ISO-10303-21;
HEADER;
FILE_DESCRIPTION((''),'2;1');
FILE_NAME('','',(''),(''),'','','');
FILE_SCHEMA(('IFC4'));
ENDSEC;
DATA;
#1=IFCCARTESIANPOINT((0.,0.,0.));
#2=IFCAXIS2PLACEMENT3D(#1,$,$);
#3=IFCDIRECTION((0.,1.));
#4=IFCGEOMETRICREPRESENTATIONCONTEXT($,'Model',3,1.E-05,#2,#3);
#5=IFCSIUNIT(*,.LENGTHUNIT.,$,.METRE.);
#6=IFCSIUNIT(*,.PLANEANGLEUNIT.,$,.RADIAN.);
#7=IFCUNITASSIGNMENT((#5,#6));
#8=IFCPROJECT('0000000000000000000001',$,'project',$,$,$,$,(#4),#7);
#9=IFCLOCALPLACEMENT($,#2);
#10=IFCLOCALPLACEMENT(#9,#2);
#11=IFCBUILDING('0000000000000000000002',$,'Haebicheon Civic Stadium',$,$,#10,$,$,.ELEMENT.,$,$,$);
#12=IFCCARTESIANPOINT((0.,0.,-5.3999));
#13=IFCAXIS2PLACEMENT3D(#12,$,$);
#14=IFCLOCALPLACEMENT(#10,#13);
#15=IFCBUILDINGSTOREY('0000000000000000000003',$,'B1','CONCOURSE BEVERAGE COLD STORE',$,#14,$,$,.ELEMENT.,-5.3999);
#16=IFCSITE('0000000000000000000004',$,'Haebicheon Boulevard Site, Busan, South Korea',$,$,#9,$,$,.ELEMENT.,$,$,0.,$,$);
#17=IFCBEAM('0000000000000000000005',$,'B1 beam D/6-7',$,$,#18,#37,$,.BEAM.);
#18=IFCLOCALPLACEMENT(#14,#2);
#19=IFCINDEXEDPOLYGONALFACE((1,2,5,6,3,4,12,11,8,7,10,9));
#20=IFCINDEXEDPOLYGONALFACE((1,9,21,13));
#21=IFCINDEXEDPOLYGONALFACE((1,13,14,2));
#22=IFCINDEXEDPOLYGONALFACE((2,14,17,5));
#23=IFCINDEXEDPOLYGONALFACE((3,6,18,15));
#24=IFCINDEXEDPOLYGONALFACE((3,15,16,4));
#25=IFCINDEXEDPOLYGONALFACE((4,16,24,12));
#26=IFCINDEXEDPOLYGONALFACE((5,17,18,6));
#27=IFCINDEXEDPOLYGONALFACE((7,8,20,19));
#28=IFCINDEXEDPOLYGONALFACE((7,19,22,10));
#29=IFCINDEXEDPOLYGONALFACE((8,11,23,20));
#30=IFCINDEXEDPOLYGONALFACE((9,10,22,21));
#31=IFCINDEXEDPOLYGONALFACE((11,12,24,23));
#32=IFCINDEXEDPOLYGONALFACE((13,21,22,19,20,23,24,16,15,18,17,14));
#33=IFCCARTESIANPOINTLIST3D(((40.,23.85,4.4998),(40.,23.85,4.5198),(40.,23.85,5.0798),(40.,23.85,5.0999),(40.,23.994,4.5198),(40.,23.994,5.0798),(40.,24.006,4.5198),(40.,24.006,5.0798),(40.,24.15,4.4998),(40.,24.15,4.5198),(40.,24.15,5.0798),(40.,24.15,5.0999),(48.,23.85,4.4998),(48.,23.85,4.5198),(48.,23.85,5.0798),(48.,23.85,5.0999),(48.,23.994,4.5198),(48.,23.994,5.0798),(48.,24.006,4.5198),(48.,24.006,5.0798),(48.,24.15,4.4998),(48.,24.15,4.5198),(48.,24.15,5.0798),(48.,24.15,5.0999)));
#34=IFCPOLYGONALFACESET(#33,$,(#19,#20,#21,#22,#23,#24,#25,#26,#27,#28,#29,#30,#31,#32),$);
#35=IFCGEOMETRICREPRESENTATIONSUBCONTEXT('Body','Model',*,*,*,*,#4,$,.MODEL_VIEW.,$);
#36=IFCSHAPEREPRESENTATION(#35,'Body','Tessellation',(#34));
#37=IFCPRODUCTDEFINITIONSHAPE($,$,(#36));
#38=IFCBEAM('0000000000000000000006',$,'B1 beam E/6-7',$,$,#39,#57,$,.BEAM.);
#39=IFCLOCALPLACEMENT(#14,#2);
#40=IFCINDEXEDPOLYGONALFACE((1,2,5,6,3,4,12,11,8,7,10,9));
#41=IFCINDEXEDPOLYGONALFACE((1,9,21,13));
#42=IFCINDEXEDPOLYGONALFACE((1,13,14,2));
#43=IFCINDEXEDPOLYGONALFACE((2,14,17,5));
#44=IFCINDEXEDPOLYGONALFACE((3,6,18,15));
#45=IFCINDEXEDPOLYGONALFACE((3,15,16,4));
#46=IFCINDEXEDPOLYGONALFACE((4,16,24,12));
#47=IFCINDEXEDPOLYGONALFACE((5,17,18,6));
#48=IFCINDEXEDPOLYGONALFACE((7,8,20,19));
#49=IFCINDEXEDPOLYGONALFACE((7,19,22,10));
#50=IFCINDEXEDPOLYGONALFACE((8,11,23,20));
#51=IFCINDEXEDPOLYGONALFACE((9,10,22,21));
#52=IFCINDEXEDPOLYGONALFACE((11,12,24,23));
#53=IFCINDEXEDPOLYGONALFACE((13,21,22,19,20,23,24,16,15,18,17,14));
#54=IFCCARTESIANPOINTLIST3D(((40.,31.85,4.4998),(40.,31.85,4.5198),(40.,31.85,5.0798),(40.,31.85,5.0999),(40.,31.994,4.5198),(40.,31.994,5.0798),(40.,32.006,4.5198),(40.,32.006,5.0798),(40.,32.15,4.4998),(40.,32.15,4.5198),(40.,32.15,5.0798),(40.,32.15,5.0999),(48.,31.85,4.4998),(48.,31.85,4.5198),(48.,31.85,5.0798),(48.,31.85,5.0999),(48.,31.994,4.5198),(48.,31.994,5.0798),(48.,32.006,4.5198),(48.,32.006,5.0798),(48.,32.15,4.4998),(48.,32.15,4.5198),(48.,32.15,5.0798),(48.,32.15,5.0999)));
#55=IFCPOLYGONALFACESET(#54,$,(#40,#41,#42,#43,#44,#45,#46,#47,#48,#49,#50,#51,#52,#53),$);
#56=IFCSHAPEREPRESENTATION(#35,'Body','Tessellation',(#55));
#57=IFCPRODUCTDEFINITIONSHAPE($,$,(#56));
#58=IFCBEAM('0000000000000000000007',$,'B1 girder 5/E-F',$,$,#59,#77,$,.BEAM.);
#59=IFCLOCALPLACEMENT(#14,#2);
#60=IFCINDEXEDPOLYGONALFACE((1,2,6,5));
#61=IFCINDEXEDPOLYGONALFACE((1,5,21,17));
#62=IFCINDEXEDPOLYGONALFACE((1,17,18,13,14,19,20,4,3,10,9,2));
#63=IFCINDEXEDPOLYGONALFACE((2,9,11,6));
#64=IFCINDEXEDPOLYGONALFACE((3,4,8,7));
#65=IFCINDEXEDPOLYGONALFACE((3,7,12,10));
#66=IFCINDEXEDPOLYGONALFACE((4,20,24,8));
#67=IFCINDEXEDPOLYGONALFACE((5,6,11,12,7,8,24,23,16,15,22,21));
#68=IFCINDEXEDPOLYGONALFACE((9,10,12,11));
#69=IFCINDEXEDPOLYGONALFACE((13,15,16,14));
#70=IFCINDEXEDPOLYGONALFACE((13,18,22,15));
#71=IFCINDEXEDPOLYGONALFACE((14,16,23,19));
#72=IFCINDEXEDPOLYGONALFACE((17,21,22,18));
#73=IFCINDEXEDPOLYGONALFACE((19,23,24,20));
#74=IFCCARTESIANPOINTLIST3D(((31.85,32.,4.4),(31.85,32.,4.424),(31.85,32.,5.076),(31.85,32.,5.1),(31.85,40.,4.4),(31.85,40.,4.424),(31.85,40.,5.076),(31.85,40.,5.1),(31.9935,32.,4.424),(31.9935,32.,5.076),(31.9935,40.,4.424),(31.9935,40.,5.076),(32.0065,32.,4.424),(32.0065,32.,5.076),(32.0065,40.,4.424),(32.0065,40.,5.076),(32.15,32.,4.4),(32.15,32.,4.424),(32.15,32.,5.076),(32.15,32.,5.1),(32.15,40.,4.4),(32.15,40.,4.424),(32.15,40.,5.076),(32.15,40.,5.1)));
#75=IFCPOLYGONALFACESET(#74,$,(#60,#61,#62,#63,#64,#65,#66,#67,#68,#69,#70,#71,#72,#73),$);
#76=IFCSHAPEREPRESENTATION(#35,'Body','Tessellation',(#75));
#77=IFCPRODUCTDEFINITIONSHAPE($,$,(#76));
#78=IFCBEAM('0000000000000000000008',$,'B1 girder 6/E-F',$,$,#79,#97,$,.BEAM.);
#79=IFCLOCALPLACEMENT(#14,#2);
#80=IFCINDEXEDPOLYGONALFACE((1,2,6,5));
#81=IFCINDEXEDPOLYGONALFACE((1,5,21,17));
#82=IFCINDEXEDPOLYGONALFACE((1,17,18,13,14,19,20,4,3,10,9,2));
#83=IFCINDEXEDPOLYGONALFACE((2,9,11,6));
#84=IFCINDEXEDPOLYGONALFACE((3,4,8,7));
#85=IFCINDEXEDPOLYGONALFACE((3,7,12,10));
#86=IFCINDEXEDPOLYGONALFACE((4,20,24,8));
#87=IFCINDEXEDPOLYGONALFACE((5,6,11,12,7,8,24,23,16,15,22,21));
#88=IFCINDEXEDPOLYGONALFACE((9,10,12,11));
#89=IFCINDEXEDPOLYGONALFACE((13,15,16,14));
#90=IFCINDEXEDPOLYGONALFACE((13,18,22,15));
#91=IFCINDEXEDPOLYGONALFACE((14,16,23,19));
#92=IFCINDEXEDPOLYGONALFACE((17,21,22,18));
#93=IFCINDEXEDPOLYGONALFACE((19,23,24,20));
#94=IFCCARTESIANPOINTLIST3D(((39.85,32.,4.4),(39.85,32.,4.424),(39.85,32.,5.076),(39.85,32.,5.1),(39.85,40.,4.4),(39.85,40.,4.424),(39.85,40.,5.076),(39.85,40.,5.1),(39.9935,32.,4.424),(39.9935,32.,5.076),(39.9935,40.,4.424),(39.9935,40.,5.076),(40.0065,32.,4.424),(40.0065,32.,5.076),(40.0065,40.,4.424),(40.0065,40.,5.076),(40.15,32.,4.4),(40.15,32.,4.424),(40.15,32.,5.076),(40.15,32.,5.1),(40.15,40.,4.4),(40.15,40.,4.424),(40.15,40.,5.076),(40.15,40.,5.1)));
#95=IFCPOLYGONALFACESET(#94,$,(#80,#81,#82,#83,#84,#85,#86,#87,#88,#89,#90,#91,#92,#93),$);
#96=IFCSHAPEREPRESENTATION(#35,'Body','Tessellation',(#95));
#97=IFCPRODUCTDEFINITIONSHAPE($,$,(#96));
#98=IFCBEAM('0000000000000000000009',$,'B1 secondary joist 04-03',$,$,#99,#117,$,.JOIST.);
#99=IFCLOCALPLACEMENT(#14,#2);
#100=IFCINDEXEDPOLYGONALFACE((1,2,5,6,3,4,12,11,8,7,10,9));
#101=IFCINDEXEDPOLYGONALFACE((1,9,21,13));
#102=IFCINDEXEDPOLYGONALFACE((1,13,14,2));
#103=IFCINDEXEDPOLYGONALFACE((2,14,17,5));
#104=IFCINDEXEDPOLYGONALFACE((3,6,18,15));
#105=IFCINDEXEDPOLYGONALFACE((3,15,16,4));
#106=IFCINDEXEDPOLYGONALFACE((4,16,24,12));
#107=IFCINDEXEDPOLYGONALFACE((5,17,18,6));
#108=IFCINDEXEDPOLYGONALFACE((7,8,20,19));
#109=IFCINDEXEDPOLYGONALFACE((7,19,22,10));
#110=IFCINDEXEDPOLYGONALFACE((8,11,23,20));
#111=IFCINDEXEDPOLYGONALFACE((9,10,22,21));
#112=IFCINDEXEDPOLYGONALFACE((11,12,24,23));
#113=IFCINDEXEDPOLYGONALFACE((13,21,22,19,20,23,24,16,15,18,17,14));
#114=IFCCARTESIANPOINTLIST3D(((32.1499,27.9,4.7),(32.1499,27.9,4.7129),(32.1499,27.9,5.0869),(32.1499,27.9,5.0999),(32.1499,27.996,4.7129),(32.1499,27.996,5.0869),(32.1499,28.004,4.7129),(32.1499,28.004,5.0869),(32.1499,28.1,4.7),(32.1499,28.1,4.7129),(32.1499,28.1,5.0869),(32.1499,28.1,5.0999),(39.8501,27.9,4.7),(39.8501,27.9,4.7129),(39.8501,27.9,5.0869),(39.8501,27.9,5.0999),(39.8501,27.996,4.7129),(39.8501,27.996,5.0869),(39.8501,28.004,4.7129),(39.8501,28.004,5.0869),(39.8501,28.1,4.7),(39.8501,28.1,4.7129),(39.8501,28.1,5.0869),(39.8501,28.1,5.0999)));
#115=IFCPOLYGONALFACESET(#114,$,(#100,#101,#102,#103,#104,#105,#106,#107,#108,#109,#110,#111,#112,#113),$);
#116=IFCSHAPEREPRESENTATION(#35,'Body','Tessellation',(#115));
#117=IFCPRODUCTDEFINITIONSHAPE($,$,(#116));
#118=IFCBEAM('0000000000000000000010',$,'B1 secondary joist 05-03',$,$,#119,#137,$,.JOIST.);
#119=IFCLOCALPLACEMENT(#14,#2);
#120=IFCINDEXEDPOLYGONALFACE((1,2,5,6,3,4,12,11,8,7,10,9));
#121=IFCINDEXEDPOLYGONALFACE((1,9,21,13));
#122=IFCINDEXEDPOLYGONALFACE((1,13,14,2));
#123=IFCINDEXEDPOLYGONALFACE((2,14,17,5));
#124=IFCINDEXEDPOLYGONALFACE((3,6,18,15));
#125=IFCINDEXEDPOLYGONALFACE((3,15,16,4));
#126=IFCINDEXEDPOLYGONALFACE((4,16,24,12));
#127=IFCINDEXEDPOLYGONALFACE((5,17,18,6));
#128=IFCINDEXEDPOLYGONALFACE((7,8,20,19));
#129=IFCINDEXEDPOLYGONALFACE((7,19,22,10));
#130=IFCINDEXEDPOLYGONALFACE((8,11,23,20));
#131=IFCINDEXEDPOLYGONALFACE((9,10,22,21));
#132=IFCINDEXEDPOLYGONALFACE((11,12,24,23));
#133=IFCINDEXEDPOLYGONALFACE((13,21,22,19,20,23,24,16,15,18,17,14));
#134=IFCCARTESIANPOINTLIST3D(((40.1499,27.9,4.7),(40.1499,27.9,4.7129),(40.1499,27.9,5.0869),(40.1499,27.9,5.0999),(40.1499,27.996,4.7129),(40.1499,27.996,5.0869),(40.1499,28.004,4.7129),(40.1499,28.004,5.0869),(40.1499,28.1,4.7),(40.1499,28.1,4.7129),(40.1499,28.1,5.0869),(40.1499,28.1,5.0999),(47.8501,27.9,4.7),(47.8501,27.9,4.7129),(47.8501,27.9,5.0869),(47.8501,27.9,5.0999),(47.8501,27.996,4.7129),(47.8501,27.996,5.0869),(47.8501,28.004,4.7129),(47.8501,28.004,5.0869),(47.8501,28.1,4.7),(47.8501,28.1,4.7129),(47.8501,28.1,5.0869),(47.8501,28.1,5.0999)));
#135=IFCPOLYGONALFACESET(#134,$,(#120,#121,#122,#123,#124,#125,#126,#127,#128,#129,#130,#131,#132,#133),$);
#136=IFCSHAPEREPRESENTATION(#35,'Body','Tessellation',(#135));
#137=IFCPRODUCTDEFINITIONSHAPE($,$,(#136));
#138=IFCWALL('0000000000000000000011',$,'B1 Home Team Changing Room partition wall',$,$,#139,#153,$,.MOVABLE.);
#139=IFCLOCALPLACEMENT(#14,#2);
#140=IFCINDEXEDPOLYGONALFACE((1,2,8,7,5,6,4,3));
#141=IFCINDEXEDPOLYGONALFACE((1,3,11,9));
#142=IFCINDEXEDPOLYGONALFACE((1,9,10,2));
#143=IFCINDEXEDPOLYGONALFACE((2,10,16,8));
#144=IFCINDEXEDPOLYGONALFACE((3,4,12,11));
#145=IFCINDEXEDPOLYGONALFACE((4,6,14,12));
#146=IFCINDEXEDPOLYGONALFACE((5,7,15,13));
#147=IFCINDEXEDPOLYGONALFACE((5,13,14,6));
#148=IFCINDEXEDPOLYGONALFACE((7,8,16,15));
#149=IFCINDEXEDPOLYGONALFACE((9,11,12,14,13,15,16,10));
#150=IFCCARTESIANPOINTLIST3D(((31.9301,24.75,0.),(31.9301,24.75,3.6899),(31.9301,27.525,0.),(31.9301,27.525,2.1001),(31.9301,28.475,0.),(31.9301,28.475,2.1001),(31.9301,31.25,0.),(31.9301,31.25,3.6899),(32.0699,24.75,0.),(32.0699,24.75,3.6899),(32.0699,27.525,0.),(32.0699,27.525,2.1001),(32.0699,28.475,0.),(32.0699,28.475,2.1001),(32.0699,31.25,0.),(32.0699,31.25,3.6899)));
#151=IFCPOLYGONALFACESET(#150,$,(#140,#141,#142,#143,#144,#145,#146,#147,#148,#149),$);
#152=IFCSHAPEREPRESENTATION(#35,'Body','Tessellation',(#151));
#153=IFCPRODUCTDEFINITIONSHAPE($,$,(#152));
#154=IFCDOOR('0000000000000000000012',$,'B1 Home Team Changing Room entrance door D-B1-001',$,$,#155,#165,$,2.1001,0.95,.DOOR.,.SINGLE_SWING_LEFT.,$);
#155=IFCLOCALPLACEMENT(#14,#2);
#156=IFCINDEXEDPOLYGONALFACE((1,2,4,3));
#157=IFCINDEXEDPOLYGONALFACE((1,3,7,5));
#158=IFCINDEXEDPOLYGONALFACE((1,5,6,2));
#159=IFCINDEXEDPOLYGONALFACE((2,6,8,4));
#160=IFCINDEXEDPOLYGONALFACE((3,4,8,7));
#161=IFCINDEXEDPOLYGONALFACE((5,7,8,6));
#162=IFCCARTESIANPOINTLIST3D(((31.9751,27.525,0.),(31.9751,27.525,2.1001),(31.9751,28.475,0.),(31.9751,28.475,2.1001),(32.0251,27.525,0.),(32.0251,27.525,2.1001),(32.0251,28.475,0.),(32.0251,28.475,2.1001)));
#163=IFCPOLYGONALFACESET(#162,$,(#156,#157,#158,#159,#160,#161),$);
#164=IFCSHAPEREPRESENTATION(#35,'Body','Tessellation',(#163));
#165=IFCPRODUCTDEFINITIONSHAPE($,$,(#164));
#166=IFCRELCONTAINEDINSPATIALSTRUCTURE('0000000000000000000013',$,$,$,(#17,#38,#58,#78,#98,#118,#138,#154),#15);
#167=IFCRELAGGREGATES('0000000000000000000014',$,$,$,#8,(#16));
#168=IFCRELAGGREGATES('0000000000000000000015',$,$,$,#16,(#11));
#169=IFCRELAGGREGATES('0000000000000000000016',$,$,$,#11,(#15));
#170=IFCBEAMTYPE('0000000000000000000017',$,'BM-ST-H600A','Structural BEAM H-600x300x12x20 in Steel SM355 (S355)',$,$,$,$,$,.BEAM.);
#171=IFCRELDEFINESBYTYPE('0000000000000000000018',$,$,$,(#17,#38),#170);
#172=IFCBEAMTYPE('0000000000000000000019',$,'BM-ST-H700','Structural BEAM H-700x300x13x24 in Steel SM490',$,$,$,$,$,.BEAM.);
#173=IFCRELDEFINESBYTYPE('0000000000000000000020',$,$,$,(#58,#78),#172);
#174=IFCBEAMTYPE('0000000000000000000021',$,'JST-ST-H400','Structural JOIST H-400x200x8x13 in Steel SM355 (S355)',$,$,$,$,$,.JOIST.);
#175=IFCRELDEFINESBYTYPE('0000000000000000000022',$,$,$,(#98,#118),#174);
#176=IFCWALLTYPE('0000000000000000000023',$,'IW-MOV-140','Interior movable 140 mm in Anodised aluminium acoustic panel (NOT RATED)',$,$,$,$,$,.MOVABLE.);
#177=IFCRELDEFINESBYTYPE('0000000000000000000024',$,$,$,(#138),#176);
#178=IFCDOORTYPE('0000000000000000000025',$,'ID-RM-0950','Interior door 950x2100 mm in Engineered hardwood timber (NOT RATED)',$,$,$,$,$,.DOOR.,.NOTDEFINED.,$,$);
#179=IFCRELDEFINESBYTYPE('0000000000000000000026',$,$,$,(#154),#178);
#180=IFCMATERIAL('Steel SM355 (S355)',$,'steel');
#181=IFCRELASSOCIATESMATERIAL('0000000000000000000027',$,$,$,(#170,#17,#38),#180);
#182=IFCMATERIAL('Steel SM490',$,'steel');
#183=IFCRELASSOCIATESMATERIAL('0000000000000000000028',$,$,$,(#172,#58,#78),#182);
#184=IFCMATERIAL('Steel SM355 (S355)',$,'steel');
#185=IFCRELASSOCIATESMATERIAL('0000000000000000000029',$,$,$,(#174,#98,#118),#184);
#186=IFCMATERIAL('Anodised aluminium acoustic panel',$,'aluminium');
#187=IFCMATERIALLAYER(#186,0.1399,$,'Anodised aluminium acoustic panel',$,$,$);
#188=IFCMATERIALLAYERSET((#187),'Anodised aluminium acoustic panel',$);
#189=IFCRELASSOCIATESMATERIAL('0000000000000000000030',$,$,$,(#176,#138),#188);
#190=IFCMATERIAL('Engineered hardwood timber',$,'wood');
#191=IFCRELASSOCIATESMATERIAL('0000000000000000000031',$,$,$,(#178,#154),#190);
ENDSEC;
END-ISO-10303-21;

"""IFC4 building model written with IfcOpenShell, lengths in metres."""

from ifc_helpers import new_model, si_unit, direction, frame, frame_2d, origin, origin_2d, place, context, subcontext, project, spatial, rectangle, i_section, extrude, material, layer, layer_set, material_profile, profile_set, type_object, element, fill, save


model = new_model("IFC4")

# Units and contexts
model_context = context("Model", 3, precision=1e-05, world=origin(), true_north=direction((0.0, 1.0)))
body_context = subcontext(model_context, "Body", "Model", "MODEL_VIEW")
ifc_project = project(units=[si_unit("LENGTHUNIT", "METRE"), si_unit("PLANEANGLEUNIT", "RADIAN")], contexts=[model_context])

# Site, building, storey
site_placement = place(None, origin())
site = spatial("IfcSite", under=ifc_project, at=site_placement, Name="Haebicheon Boulevard Site, Busan, South Korea", CompositionType="ELEMENT", RefElevation=0.0)
building_placement = place(site_placement, origin())
building = spatial("IfcBuilding", under=site, at=building_placement, Name="Haebicheon Civic Stadium", CompositionType="ELEMENT")
storey_placement = place(building_placement, frame((0.0, 0.0, -5.3999)))
storey = spatial("IfcBuildingStorey", under=building, at=storey_placement, Name="B1", Description="CONCOURSE BEVERAGE COLD STORE", CompositionType="ELEMENT", Elevation=-5.3999)

# Beams
ifc_material_1 = material(Name="Steel SM355 (S355)", Category="steel")
ifc_material_profile_1 = material_profile(ifc_material_1, i_section(OverallWidth=0.3, OverallDepth=0.6001, WebThickness=0.012, FlangeThickness=0.02, at=origin_2d()), Name="H-600x300x12x20")
ifc_profile_set_1 = profile_set([ifc_material_profile_1], Name="Steel SM355 (S355)")
beam_type_1 = type_object("IfcBeamType", Name="BM-ST-H600A", Description="Structural BEAM H-600x300x12x20 in Steel SM355 (S355)", PredefinedType="BEAM", material=ifc_profile_set_1)
for number, where, z_axis, x_axis, name in (
    (1, (40.0, 24.0, 4.7998), (1.0, 0.0, 0.0), (0.0, 1.0, 0.0), "B1 beam D/6-7"),
    (2, (40.0, 32.0, 4.7998), (1.0, 0.0, 0.0), (0.0, 1.0, 0.0), "B1 beam E/6-7"),
):
    element("IfcBeam", number, at=place(storey_placement, frame(where, z_axis=z_axis, x_axis=x_axis)), inside=storey, type_object=beam_type_1, material=ifc_profile_set_1, Name=name, PredefinedType="BEAM", context=body_context, shape_type="SweptSolid", body=[
        extrude(i_section(OverallWidth=0.3, OverallDepth=0.6001, WebThickness=0.012, FlangeThickness=0.02, at=origin_2d()), origin(), (0.0, 0.0, 1.0), 8.0),
    ])
ifc_material_2 = material(Name="Steel SM490", Category="steel")
ifc_material_profile_2 = material_profile(ifc_material_2, i_section(OverallWidth=0.3, OverallDepth=0.7, WebThickness=0.0129, FlangeThickness=0.0239, at=origin_2d()), Name="H-700x300x13x24")
ifc_profile_set_2 = profile_set([ifc_material_profile_2], Name="Steel SM490")
beam_type_2 = type_object("IfcBeamType", Name="BM-ST-H700", Description="Structural BEAM H-700x300x13x24 in Steel SM490", PredefinedType="BEAM", material=ifc_profile_set_2)
for number, where, z_axis, x_axis, name in (
    (3, (32.0, 32.0, 4.75), (0.0, 1.0, 0.0), (-1.0, 0.0, 0.0), "B1 girder 5/E-F"),
    (4, (40.0, 32.0, 4.75), (0.0, 1.0, 0.0), (-1.0, 0.0, 0.0), "B1 girder 6/E-F"),
):
    element("IfcBeam", number, at=place(storey_placement, frame(where, z_axis=z_axis, x_axis=x_axis)), inside=storey, type_object=beam_type_2, material=ifc_profile_set_2, Name=name, PredefinedType="BEAM", context=body_context, shape_type="SweptSolid", body=[
        extrude(i_section(OverallWidth=0.3, OverallDepth=0.7, WebThickness=0.0129, FlangeThickness=0.0239, at=origin_2d()), origin(), (0.0, 0.0, 1.0), 8.0),
    ])
ifc_material_3 = material(Name="Steel SM355 (S355)", Category="steel")
ifc_material_profile_3 = material_profile(ifc_material_3, i_section(OverallWidth=0.2, OverallDepth=0.3999, WebThickness=0.0081, FlangeThickness=0.0129, at=origin_2d()), Name="H-400x200x8x13")
ifc_profile_set_3 = profile_set([ifc_material_profile_3], Name="Steel SM355 (S355)")
beam_type_3 = type_object("IfcBeamType", Name="JST-ST-H400", Description="Structural JOIST H-400x200x8x13 in Steel SM355 (S355)", PredefinedType="JOIST", material=ifc_profile_set_3)
for number, where, z_axis, x_axis, name in (
    (5, (32.1499, 28.0, 4.8999), (1.0, 0.0, 0.0), (0.0, 1.0, 0.0), "B1 secondary joist 04-03"),
    (6, (40.1499, 28.0, 4.8999), (1.0, 0.0, 0.0), (0.0, 1.0, 0.0), "B1 secondary joist 05-03"),
):
    element("IfcBeam", number, at=place(storey_placement, frame(where, z_axis=z_axis, x_axis=x_axis)), inside=storey, type_object=beam_type_3, material=ifc_profile_set_3, Name=name, PredefinedType="JOIST", context=body_context, shape_type="SweptSolid", body=[
        extrude(i_section(OverallWidth=0.2, OverallDepth=0.3999, WebThickness=0.0081, FlangeThickness=0.0129, at=origin_2d()), origin(), (0.0, 0.0, 1.0), 7.7002),
    ])

# Wall, opening, door
ifc_material_4 = material(Name="Anodised aluminium acoustic panel", Category="aluminium")
ifc_layer_1 = layer(ifc_material_4, 0.1399, Name="Anodised aluminium acoustic panel")
ifc_layer_set_1 = layer_set([ifc_layer_1], Name="Anodised aluminium acoustic panel")
wall_type_1 = type_object("IfcWallType", Name="IW-MOV-140", Description="Interior movable 140 mm in Anodised aluminium acoustic panel (NOT RATED)", PredefinedType="MOVABLE", material=ifc_layer_set_1)
wall_1_placement = place(storey_placement, frame((32.0, 24.75, 0.0), z_axis=(0.0, 0.0, 1.0), x_axis=(0.0, 1.0, 0.0)))
wall_1 = element("IfcWall", 7, at=wall_1_placement, inside=storey, type_object=wall_type_1, material=ifc_layer_set_1, Name="B1 Home Team Changing Room partition wall", PredefinedType="MOVABLE", context=body_context, shape_type="SweptSolid", body=[
    extrude(rectangle(XDim=6.5, YDim=0.1399, at=frame_2d((3.25, 0.0))), origin(), (0.0, 0.0, 1.0), 3.6899),
])
opening_1_placement = place(wall_1_placement, frame((2.7749, 0.0, 0.0)))
opening_1 = element("IfcOpeningElement", 8, at=opening_1_placement, cuts=wall_1, PredefinedType="OPENING", context=body_context, shape_type="SweptSolid", body=[
    extrude(rectangle(XDim=0.95, YDim=2.1001, at=frame_2d((0.4751, 1.05))), frame((0.0, 0.0798, 0.0), z_axis=(0.0, -1.0, 0.0), x_axis=(1.0, 0.0, 0.0)), (0.0, 0.0, 1.0), 0.1599),
])
ifc_material_5 = material(Name="Engineered hardwood timber", Category="wood")
door_type_1 = type_object("IfcDoorType", Name="ID-RM-0950", Description="Interior door 950x2100 mm in Engineered hardwood timber (NOT RATED)", OperationType="NOTDEFINED", PredefinedType="DOOR", material=ifc_material_5)
door_1_placement = place(opening_1_placement, origin())
door_1 = element("IfcDoor", 9, at=door_1_placement, inside=storey, type_object=door_type_1, material=ifc_material_5, Name="B1 Home Team Changing Room entrance door D-B1-001", OperationType="SINGLE_SWING_LEFT", OverallHeight=2.1001, OverallWidth=0.95, PredefinedType="DOOR", context=body_context, shape_type="SweptSolid", body=[
    extrude(rectangle(XDim=0.95, YDim=2.1001, at=frame_2d((0.4751, 1.05))), frame((0.0, 0.0249, 0.0), z_axis=(0.0, -1.0, 0.0), x_axis=(1.0, 0.0, 0.0)), (0.0, 0.0, 1.0), 0.05),
])
fill(opening_1, door_1)

save(model, "model.ifc")
